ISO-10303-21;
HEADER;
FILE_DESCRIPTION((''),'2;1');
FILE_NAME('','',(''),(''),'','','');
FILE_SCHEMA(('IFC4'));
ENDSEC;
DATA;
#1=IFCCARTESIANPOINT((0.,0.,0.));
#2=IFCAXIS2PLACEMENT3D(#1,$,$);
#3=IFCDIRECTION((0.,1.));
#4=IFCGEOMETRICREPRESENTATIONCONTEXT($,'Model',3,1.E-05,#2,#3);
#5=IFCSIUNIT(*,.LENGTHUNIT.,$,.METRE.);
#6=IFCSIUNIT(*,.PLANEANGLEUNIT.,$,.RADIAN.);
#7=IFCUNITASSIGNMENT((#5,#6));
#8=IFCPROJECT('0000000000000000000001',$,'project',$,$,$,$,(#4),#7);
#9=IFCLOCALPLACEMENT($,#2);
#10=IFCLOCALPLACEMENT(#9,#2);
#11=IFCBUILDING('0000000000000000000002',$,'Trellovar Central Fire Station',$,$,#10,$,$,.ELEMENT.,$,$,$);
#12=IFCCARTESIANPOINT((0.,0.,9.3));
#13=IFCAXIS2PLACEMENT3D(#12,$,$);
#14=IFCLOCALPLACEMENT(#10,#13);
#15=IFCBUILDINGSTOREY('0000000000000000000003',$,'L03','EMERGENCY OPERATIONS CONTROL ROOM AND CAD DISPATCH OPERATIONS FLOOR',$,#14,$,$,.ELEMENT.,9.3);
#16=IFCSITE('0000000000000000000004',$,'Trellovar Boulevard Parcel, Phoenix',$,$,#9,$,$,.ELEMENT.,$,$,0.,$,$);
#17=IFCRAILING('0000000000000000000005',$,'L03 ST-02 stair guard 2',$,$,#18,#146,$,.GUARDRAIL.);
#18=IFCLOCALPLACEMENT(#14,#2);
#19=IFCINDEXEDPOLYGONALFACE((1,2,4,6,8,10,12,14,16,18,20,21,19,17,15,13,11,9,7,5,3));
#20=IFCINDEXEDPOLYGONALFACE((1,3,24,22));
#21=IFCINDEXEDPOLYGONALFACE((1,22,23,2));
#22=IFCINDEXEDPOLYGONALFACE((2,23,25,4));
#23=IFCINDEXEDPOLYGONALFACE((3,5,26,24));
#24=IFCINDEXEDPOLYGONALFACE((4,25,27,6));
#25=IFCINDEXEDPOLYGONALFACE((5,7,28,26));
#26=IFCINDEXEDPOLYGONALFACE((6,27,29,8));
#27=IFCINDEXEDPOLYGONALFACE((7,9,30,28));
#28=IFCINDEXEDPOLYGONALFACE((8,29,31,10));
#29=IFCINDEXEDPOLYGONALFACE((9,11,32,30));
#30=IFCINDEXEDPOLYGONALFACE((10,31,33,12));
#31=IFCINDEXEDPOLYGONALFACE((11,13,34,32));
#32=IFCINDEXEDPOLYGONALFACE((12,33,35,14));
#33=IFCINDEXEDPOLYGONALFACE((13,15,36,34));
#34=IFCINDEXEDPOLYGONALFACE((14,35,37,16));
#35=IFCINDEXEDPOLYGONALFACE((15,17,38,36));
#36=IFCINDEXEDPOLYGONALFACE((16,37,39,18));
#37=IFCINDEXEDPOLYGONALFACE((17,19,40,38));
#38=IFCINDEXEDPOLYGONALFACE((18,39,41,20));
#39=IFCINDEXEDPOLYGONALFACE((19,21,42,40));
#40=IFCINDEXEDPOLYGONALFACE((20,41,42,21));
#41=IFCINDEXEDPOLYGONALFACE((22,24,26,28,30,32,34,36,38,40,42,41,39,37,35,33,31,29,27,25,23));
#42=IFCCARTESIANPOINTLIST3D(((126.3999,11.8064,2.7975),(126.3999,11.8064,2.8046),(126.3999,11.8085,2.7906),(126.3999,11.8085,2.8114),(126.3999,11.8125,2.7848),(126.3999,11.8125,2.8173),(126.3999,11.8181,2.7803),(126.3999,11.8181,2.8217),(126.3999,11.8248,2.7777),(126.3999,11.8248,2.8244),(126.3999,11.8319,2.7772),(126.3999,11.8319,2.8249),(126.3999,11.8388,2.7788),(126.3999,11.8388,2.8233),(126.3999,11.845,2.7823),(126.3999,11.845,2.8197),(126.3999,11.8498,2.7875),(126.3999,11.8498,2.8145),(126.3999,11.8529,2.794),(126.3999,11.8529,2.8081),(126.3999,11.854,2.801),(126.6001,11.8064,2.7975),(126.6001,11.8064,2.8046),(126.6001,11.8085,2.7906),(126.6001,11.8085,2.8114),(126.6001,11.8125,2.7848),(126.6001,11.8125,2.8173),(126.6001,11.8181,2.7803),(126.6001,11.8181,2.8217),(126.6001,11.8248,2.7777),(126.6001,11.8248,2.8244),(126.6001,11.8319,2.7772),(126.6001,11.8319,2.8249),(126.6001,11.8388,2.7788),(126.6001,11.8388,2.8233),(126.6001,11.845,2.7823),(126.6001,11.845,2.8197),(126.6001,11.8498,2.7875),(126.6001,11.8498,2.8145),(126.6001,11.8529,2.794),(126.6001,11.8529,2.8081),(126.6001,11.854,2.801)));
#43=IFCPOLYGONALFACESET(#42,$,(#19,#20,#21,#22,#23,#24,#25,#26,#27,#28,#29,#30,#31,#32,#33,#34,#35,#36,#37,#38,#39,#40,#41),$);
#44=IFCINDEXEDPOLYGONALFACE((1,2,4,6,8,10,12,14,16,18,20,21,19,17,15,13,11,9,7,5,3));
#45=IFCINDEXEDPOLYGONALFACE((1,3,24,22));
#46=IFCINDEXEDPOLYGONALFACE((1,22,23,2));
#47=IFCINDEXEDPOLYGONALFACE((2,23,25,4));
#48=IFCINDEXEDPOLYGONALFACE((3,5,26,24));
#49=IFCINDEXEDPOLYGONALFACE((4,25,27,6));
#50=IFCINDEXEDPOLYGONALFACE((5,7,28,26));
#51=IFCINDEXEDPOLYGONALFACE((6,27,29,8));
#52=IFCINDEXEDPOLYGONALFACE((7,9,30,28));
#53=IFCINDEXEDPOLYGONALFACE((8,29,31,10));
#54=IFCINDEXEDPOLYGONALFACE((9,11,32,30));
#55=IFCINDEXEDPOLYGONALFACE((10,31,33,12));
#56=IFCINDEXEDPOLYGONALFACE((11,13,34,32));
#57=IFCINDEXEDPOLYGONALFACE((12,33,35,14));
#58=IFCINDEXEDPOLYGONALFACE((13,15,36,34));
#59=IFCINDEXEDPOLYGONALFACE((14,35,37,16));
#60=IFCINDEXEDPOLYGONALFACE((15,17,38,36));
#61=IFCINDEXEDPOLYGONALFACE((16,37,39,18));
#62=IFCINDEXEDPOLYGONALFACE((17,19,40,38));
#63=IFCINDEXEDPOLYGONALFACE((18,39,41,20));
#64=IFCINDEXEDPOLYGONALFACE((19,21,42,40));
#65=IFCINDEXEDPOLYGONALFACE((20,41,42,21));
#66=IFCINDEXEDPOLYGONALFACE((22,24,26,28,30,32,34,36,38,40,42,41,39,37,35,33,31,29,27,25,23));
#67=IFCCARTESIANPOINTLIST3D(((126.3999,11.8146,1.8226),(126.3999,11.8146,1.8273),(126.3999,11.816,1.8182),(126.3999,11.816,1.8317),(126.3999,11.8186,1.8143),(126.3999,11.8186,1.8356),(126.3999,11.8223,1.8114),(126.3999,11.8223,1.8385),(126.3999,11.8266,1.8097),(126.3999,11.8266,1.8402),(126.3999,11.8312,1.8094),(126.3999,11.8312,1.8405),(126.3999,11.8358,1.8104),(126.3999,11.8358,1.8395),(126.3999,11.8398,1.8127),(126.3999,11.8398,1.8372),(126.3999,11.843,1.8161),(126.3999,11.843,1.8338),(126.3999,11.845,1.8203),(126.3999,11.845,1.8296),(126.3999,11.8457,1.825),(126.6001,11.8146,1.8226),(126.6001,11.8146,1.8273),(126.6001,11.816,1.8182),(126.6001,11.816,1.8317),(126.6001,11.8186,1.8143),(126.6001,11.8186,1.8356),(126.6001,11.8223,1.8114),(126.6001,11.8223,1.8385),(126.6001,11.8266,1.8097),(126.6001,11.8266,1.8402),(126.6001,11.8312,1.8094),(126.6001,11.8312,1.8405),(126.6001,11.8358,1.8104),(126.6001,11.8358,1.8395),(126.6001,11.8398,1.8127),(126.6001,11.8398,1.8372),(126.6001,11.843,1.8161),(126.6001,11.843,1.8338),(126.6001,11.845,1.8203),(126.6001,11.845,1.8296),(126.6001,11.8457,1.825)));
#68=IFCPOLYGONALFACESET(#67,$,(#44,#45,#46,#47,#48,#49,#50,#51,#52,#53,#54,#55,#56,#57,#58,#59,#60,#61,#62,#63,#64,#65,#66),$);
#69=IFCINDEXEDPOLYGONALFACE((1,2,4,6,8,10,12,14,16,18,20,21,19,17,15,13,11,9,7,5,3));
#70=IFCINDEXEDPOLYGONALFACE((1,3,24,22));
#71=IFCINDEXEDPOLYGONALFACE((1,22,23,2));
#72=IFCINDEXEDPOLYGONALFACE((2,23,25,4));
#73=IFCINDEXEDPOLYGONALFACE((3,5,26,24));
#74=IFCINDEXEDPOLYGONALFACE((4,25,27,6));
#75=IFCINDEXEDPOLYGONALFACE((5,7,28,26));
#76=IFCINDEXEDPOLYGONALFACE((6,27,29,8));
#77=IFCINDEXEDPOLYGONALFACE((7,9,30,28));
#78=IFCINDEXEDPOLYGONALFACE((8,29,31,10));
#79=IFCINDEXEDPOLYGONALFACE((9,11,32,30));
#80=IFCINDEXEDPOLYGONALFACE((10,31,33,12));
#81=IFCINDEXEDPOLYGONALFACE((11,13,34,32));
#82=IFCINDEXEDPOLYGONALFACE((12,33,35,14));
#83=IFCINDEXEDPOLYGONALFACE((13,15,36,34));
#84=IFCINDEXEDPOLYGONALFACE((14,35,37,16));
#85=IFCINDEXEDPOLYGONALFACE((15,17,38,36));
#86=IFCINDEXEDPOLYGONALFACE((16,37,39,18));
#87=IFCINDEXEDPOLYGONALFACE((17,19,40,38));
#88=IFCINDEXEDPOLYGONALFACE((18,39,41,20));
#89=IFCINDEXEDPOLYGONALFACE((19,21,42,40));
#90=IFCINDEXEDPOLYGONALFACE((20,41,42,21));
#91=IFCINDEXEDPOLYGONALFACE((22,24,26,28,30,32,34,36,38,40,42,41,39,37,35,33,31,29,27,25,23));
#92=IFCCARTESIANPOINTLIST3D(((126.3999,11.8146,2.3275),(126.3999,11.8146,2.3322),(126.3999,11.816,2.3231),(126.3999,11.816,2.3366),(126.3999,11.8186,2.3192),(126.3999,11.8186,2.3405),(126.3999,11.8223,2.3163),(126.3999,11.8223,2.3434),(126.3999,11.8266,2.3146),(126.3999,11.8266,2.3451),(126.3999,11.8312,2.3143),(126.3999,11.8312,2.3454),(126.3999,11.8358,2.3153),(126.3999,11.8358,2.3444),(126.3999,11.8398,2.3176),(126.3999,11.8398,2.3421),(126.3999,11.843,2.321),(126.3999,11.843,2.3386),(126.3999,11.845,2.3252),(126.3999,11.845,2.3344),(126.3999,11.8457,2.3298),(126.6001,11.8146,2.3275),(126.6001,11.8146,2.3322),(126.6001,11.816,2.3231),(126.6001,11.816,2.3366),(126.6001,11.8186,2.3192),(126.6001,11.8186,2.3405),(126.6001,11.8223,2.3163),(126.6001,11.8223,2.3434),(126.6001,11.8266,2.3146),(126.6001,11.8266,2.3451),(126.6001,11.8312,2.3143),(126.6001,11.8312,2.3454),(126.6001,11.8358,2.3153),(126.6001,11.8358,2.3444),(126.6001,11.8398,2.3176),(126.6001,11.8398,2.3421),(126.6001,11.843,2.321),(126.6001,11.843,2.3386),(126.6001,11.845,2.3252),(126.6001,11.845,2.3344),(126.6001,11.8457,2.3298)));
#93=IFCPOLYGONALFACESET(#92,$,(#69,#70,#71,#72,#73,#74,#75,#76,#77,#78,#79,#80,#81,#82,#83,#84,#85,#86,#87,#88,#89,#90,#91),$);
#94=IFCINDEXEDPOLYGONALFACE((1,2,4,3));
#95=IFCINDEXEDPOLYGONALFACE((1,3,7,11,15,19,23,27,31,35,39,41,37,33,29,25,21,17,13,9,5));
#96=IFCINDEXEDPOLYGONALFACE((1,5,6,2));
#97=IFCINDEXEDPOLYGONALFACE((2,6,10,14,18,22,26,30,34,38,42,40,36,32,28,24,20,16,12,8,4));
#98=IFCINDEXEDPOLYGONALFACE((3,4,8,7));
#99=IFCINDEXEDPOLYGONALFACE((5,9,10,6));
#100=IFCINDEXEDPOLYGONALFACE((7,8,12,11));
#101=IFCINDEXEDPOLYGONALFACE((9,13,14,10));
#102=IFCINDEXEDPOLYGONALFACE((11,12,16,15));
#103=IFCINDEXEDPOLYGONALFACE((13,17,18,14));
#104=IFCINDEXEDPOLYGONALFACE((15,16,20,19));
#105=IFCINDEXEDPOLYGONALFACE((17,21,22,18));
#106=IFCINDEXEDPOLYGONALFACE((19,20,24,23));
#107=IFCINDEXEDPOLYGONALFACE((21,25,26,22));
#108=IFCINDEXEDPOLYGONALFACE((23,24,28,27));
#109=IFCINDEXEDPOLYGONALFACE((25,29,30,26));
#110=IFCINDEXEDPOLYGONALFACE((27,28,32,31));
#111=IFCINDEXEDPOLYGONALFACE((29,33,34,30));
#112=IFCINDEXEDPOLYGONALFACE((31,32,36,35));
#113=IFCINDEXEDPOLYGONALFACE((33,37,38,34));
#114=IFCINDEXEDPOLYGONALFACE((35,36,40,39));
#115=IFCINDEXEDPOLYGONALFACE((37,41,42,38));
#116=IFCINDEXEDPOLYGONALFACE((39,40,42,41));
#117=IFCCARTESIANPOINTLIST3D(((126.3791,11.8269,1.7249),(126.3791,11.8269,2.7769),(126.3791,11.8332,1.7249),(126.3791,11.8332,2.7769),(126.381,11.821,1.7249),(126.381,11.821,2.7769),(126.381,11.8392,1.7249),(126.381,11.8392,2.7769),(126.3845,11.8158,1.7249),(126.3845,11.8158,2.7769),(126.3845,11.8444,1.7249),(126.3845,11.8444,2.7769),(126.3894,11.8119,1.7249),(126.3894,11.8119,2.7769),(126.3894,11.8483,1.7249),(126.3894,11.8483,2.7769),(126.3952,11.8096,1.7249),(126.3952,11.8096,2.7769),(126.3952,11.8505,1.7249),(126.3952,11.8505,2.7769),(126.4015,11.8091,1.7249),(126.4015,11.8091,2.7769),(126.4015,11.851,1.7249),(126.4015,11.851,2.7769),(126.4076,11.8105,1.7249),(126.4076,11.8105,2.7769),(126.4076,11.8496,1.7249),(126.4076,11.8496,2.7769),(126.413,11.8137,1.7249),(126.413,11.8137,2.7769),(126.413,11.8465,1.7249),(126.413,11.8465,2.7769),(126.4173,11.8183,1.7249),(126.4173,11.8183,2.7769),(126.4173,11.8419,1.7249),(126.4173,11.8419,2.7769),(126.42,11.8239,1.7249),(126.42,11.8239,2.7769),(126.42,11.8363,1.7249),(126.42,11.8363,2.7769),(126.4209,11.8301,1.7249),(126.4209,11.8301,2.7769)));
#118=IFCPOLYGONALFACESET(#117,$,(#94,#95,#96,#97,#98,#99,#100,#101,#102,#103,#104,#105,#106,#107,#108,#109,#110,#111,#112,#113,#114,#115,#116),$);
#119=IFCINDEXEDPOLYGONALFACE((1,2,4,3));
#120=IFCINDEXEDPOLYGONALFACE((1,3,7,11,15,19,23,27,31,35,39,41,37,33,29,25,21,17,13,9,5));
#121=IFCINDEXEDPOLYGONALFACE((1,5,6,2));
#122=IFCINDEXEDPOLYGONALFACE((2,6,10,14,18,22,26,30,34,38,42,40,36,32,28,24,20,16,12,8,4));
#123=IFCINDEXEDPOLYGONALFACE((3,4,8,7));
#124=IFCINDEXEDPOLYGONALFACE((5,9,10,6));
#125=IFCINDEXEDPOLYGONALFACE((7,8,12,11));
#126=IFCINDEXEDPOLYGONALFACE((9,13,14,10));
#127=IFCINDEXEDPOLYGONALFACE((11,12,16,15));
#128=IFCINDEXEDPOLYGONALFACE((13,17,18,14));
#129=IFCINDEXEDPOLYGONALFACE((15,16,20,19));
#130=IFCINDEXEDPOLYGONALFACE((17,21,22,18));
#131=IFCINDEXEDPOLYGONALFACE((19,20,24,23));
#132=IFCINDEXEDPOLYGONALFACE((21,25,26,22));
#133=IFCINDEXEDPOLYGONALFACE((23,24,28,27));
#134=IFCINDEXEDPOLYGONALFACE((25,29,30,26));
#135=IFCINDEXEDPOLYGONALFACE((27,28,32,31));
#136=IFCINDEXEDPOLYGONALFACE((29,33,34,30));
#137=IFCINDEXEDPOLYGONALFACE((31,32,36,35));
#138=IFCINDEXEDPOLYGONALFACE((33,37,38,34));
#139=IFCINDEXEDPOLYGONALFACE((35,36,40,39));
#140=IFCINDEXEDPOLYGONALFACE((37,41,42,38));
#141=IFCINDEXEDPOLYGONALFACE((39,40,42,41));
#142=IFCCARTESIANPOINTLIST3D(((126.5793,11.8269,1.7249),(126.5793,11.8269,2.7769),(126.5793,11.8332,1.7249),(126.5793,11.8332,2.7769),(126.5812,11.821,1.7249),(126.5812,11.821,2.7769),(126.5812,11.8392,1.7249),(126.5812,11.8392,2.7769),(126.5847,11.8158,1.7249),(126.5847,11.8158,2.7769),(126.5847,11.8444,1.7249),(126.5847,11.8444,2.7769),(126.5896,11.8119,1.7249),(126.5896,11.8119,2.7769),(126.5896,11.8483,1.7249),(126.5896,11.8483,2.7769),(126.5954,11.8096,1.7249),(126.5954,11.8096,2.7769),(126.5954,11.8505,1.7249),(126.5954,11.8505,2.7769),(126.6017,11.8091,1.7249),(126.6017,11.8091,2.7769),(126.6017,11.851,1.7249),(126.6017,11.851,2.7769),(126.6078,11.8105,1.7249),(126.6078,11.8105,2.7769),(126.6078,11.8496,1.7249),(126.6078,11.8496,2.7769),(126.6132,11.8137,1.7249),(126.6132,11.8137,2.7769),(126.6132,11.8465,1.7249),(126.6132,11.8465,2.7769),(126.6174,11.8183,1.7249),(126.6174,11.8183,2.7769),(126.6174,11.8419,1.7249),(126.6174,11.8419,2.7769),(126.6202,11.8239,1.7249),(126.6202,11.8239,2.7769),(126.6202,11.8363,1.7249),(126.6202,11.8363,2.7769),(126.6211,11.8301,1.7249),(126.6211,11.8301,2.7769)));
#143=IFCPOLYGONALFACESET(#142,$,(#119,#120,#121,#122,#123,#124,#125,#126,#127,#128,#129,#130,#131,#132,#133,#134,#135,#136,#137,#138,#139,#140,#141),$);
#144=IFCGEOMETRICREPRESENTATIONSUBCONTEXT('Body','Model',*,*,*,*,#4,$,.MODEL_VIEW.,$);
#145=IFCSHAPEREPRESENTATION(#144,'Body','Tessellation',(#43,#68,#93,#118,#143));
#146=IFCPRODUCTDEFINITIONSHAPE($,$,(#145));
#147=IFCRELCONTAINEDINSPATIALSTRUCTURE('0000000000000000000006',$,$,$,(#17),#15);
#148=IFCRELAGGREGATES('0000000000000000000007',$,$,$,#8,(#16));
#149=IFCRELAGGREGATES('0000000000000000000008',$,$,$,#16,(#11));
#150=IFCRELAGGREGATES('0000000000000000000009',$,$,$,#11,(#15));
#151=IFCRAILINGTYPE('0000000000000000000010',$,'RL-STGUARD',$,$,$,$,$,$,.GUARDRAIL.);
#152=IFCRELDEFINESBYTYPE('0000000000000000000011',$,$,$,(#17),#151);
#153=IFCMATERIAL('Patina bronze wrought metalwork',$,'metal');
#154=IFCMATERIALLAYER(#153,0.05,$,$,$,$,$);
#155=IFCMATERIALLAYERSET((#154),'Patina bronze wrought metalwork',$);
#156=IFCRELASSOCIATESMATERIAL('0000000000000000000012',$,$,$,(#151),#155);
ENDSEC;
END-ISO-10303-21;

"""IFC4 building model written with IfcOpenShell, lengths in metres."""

from ifc_helpers import new_model, si_unit, direction, frame, origin, origin_2d, place, context, subcontext, project, spatial, circle, extrude, material, layer, layer_set, type_object, element, save


model = new_model("IFC4")

# Units and contexts
model_context = context("Model", 3, precision=1e-05, world=origin(), true_north=direction((0.0, 1.0)))
body_context = subcontext(model_context, "Body", "Model", "MODEL_VIEW")
ifc_project = project(units=[si_unit("LENGTHUNIT", "METRE"), si_unit("PLANEANGLEUNIT", "RADIAN")], contexts=[model_context])

# Site, building, storey
site_placement = place(None, origin())
site = spatial("IfcSite", under=ifc_project, at=site_placement, Name="Trellovar Boulevard Parcel, Phoenix", CompositionType="ELEMENT", RefElevation=0.0)
building_placement = place(site_placement, origin())
building = spatial("IfcBuilding", under=site, at=building_placement, Name="Trellovar Central Fire Station", CompositionType="ELEMENT")
storey_placement = place(building_placement, frame((0.0, 0.0, 9.3)))
storey = spatial("IfcBuildingStorey", under=building, at=storey_placement, Name="L03", Description="EMERGENCY OPERATIONS CONTROL ROOM AND CAD DISPATCH OPERATIONS FLOOR", CompositionType="ELEMENT", Elevation=9.3)

# Railing
ifc_material_1 = material(Name="Patina bronze wrought metalwork", Category="metal")
ifc_layer_1 = layer(ifc_material_1, 0.05)
ifc_layer_set_1 = layer_set([ifc_layer_1], Name="Patina bronze wrought metalwork")
railing_type_1 = type_object("IfcRailingType", Name="RL-STGUARD", PredefinedType="GUARDRAIL", material=ifc_layer_set_1)
railing_1_placement = place(storey_placement, frame((126.3999, 11.8301, 1.7249)))
element("IfcRailing", 1, at=railing_1_placement, inside=storey, type_object=railing_type_1, Name="L03 ST-02 stair guard 2", PredefinedType="GUARDRAIL", context=body_context, shape_type="SweptSolid", body=[
    extrude(circle(Radius=0.0239, at=origin_2d()), frame((0.0, 0.0, 1.0762), z_axis=(1.0, 0.0, 0.0), x_axis=(0.0, 1.0, 0.0)), (0.0, 0.0, 1.0), 0.2002),
    extrude(circle(Radius=0.0156, at=origin_2d()), frame((0.0, 0.0, 0.1001), z_axis=(1.0, 0.0, 0.0), x_axis=(0.0, 1.0, 0.0)), (0.0, 0.0, 1.0), 0.2002),
    extrude(circle(Radius=0.0156, at=origin_2d()), frame((0.0, 0.0, 0.605), z_axis=(1.0, 0.0, 0.0), x_axis=(0.0, 1.0, 0.0)), (0.0, 0.0, 1.0), 0.2002),
    extrude(circle(Radius=0.021, at=origin_2d()), origin(), (0.0, 0.0, 1.0), 1.052),
    extrude(circle(Radius=0.021, at=origin_2d()), frame((0.2002, 0.0, 0.0)), (0.0, 0.0, 1.0), 1.052),
])

save(model, "model.ifc")
